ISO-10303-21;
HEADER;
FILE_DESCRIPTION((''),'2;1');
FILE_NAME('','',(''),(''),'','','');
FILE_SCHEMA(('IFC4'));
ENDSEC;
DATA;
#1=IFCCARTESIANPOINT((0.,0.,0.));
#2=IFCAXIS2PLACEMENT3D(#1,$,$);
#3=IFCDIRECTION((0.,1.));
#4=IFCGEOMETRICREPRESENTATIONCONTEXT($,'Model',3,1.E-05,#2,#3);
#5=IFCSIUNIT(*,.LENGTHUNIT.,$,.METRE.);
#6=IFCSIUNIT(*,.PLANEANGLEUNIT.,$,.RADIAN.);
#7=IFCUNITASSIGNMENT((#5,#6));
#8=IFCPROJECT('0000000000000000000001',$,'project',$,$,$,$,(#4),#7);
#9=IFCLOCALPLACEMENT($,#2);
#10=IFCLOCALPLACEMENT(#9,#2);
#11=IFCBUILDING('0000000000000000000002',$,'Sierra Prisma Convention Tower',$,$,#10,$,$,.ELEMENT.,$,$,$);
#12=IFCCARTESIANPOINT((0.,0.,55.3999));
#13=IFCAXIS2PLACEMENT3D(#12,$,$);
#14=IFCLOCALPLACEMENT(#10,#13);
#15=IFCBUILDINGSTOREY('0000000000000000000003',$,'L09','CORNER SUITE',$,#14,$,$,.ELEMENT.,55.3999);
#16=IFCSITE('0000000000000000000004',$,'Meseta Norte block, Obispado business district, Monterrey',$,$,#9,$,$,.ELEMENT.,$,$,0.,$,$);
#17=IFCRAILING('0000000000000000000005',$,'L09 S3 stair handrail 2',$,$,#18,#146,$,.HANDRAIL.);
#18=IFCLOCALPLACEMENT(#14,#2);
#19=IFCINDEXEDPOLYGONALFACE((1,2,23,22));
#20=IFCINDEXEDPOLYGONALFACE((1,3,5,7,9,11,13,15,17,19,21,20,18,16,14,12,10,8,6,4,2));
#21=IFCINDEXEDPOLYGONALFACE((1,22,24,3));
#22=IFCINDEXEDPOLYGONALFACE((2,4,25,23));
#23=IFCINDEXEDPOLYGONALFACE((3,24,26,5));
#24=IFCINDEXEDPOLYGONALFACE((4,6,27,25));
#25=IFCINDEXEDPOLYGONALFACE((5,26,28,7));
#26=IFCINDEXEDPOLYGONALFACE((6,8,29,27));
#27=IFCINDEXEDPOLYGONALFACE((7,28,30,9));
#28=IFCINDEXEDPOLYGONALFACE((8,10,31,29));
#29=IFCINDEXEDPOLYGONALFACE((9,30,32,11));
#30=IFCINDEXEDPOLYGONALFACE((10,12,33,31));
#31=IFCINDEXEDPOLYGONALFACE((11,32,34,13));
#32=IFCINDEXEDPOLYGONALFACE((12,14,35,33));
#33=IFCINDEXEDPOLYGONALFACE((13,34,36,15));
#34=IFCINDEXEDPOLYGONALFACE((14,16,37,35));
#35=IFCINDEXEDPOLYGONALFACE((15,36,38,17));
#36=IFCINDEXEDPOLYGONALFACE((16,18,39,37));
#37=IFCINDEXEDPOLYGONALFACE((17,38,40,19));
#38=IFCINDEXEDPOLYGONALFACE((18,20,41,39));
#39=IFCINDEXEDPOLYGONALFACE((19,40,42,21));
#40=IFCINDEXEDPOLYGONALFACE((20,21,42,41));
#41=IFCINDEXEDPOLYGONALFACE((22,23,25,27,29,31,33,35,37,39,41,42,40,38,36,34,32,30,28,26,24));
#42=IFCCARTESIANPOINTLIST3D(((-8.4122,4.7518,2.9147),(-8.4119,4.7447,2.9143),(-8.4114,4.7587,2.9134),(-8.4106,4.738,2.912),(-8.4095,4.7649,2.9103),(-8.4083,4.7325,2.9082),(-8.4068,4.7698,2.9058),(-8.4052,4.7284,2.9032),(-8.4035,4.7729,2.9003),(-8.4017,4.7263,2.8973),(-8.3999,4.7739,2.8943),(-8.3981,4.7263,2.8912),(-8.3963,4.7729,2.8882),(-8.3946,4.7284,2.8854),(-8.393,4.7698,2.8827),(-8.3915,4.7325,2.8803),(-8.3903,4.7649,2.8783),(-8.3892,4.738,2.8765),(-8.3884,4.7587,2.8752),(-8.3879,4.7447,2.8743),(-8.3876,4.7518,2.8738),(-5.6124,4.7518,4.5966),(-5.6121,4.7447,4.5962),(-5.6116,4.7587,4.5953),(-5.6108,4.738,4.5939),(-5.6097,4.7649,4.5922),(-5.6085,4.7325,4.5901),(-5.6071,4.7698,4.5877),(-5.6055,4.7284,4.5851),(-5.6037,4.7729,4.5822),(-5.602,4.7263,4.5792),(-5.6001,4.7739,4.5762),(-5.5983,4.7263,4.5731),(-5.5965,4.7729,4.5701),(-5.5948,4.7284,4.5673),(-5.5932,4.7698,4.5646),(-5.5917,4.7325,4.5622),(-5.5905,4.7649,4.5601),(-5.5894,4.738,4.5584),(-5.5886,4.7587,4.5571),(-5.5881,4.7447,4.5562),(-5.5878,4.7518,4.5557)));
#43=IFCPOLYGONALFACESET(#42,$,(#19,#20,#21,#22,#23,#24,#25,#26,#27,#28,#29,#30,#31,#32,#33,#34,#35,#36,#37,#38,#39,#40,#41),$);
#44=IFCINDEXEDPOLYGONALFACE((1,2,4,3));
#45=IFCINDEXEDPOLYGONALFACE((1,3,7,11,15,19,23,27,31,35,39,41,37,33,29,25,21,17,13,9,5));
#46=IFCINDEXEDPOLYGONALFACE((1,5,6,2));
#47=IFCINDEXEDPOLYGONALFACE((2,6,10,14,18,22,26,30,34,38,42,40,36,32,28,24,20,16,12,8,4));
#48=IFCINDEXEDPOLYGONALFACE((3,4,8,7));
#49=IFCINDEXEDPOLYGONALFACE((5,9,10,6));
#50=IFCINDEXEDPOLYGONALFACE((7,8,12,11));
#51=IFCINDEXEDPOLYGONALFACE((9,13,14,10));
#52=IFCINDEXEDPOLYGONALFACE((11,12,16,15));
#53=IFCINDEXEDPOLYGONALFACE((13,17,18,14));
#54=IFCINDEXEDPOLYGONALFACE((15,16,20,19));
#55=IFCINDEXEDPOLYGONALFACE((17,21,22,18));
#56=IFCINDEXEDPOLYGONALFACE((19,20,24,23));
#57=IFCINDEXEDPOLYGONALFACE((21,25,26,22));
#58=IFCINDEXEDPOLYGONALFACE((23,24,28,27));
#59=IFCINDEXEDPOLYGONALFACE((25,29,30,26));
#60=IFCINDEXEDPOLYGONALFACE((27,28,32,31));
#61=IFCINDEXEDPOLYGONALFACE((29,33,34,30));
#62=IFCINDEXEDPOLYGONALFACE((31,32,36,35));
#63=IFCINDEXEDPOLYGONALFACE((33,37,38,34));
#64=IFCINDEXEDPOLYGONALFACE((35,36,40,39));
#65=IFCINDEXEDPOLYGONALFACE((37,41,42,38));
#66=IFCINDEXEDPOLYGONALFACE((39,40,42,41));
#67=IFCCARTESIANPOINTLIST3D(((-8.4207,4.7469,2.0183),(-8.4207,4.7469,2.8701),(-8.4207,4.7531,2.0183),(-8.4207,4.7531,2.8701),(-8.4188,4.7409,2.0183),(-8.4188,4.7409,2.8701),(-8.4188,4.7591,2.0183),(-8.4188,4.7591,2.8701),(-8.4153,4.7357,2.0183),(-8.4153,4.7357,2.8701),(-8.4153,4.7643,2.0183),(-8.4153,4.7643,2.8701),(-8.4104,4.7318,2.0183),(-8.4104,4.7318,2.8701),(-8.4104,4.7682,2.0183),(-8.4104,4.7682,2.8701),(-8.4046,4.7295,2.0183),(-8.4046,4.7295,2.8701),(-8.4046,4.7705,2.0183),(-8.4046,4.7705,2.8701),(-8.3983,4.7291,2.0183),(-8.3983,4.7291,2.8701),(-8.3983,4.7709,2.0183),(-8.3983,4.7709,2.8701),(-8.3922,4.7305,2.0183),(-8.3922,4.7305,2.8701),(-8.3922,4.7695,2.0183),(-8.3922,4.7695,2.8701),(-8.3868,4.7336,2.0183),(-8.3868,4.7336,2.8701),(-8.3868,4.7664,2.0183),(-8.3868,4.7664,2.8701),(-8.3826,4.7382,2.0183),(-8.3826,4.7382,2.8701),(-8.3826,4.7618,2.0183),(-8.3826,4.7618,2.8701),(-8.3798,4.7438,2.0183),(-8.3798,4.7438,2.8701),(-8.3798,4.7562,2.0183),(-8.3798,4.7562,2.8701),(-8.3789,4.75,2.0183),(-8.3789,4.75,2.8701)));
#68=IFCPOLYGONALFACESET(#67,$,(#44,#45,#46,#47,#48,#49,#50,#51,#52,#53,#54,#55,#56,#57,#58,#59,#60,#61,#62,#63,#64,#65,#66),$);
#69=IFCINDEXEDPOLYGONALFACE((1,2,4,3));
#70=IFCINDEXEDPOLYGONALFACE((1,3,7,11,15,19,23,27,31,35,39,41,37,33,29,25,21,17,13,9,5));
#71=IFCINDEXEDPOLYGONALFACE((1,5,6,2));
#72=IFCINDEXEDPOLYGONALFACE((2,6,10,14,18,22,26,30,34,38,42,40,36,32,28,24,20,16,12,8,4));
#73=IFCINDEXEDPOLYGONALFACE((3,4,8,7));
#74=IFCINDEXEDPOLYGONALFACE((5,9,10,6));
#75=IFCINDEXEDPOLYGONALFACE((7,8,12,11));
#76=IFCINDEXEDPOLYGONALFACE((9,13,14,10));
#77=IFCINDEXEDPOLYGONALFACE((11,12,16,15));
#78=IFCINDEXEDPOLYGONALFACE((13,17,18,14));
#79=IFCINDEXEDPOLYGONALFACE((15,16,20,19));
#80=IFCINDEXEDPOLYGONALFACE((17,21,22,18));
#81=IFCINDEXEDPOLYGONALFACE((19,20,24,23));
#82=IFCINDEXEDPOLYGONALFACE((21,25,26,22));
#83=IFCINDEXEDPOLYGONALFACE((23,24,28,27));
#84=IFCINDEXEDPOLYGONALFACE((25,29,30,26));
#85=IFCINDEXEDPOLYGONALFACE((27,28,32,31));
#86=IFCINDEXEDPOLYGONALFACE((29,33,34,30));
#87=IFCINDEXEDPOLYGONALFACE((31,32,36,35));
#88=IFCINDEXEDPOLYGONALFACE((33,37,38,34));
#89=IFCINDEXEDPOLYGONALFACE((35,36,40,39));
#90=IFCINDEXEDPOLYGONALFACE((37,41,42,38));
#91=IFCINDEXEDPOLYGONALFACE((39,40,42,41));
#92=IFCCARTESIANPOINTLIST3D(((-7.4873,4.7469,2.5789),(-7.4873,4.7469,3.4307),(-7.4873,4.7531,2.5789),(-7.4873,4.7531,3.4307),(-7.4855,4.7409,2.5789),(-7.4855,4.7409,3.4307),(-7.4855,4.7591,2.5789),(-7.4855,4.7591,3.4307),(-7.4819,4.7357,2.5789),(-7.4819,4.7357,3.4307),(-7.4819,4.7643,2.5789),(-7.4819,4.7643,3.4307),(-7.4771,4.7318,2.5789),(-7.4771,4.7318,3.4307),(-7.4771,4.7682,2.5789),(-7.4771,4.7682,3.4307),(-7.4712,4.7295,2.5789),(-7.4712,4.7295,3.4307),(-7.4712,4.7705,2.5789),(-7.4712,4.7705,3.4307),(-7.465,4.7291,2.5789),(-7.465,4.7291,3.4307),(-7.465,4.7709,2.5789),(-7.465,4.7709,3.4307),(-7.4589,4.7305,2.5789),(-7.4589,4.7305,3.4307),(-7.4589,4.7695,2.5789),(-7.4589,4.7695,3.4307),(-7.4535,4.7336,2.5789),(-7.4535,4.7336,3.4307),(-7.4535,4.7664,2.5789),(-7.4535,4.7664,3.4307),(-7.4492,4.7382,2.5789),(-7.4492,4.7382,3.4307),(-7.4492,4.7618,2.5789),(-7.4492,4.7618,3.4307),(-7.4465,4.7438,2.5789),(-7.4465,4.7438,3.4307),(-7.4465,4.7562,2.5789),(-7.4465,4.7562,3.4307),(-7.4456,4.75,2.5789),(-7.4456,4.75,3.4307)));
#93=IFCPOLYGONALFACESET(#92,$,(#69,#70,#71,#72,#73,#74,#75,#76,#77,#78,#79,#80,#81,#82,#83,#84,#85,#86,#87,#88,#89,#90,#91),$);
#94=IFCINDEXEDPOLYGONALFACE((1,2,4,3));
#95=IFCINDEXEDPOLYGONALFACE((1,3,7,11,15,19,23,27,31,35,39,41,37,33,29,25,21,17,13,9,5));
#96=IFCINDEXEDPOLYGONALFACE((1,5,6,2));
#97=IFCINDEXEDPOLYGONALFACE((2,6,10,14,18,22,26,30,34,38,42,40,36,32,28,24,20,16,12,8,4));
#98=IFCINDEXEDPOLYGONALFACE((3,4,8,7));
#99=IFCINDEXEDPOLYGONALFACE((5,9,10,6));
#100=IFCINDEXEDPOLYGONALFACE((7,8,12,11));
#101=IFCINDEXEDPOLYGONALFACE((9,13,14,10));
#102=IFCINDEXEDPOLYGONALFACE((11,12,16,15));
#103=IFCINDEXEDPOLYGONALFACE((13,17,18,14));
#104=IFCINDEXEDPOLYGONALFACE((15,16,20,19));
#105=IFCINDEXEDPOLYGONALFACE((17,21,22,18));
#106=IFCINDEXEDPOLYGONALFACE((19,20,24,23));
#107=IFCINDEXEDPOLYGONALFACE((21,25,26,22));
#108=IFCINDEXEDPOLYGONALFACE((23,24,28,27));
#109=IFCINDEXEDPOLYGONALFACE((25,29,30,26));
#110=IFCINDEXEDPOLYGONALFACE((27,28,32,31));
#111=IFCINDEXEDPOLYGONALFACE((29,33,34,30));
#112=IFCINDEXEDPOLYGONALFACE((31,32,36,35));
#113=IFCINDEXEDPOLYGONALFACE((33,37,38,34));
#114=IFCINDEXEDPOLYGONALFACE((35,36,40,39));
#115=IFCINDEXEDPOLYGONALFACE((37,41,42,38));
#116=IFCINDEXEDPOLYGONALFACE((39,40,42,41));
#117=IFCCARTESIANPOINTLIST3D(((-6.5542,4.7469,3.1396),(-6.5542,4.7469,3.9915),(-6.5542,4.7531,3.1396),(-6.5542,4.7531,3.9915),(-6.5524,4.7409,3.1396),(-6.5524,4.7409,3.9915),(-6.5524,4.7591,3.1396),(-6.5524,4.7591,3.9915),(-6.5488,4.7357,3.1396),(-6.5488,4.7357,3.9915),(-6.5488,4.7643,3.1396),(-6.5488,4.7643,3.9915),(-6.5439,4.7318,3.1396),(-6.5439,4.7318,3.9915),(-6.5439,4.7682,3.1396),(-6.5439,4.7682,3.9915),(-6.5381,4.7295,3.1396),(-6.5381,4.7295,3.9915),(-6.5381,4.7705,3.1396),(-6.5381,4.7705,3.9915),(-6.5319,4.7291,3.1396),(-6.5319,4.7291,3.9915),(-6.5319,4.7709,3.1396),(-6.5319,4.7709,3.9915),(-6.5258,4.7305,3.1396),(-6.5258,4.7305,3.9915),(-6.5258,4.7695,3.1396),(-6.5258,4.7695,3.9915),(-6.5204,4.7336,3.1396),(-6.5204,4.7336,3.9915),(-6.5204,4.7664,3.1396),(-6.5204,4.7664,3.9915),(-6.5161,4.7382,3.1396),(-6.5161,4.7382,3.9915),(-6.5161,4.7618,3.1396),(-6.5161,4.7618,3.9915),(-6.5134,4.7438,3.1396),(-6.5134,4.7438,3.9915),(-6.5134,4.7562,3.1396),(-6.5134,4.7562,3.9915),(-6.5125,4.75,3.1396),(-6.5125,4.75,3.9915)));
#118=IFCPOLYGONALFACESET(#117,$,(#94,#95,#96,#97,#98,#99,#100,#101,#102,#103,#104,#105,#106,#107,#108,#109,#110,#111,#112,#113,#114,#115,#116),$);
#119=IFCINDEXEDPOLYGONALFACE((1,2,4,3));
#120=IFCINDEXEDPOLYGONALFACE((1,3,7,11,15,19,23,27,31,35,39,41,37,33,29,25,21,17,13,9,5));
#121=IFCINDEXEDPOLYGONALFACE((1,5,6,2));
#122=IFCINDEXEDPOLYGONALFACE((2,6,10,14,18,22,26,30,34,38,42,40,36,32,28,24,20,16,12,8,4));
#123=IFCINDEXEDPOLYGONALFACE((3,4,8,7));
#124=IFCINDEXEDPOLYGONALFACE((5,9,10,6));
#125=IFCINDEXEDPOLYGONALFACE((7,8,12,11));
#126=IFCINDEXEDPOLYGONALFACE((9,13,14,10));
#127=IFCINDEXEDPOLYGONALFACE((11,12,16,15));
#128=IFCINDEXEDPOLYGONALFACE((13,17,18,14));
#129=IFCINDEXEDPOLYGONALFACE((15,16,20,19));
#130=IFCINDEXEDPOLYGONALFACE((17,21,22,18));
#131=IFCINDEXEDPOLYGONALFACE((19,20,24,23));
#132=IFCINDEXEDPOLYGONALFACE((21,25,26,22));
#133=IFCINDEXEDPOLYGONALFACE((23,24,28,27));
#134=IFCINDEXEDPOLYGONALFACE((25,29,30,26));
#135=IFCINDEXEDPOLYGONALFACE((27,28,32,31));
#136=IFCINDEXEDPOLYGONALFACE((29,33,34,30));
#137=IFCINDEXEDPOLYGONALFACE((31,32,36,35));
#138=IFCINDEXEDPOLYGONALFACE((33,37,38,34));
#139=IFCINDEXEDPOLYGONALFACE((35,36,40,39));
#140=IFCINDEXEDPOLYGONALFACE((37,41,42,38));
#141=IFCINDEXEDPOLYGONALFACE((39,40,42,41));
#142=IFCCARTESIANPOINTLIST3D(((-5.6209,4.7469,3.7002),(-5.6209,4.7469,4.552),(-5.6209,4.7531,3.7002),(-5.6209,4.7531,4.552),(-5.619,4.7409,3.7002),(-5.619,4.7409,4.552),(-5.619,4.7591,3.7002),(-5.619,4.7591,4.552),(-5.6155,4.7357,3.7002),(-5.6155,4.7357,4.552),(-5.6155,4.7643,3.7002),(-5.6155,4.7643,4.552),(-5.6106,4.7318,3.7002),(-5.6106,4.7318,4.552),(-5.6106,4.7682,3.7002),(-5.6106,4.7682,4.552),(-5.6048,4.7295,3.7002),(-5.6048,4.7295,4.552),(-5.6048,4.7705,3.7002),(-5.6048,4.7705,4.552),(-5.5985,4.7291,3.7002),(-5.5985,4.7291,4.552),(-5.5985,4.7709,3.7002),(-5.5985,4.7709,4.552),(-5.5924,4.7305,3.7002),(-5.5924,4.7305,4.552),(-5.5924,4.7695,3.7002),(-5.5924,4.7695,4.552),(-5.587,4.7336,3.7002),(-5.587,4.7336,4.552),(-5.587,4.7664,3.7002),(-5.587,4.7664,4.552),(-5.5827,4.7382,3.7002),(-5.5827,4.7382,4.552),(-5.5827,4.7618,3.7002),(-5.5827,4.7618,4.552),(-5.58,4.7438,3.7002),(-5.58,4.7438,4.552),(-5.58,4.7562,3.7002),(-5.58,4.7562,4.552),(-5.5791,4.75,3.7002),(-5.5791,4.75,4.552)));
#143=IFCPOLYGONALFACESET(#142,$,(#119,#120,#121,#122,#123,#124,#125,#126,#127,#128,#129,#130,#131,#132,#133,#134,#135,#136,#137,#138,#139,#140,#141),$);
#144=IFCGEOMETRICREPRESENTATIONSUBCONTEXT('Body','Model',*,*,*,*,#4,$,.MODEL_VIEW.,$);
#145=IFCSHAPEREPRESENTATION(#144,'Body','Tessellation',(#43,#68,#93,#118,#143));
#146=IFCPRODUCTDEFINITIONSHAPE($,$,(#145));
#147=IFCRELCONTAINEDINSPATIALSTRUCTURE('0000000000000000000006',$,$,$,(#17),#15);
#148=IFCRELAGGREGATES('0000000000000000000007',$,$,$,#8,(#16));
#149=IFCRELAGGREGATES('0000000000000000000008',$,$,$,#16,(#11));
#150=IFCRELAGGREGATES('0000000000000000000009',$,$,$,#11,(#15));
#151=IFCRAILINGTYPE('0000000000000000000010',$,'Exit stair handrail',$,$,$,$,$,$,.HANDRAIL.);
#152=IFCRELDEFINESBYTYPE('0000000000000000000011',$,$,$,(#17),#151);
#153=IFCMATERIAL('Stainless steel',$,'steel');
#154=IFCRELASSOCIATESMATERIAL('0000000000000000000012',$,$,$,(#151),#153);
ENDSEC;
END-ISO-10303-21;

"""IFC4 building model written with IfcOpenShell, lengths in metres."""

from ifc_helpers import new_model, si_unit, direction, frame, origin, origin_2d, place, context, subcontext, project, spatial, circle, extrude, material, type_object, element, save


model = new_model("IFC4")

# Units and contexts
model_context = context("Model", 3, precision=1e-05, world=origin(), true_north=direction((0.0, 1.0)))
body_context = subcontext(model_context, "Body", "Model", "MODEL_VIEW")
ifc_project = project(units=[si_unit("LENGTHUNIT", "METRE"), si_unit("PLANEANGLEUNIT", "RADIAN")], contexts=[model_context])

# Site, building, storey
site_placement = place(None, origin())
site = spatial("IfcSite", under=ifc_project, at=site_placement, Name="Meseta Norte block, Obispado business district, Monterrey", CompositionType="ELEMENT", RefElevation=0.0)
building_placement = place(site_placement, origin())
building = spatial("IfcBuilding", under=site, at=building_placement, Name="Sierra Prisma Convention Tower", CompositionType="ELEMENT")
storey_placement = place(building_placement, frame((0.0, 0.0, 55.3999)))
storey = spatial("IfcBuildingStorey", under=building, at=storey_placement, Name="L09", Description="CORNER SUITE", CompositionType="ELEMENT", Elevation=55.3999)

# Railing
ifc_material_1 = material(Name="Stainless steel", Category="steel")
railing_type_1 = type_object("IfcRailingType", Name="Exit stair handrail", PredefinedType="HANDRAIL", material=ifc_material_1)
railing_1_placement = place(storey_placement, frame((-8.3999, 4.75, 2.0183)))
element("IfcRailing", 1, at=railing_1_placement, inside=storey, type_object=railing_type_1, Name="L09 S3 stair handrail 2", PredefinedType="HANDRAIL", context=body_context, shape_type="SweptSolid", body=[
    extrude(circle(Radius=0.0239, at=origin_2d()), frame((0.0, 0.0, 0.876), z_axis=(0.857222, 0.0, 0.514946), x_axis=(0.0, 1.0, 0.0)), (0.0, 0.0, 1.0), 3.2661),
    extrude(circle(Radius=0.021, at=origin_2d()), origin(), (0.0, 0.0, 1.0), 0.8518),
    extrude(circle(Radius=0.021, at=origin_2d()), frame((0.9333, 0.0, 0.5605)), (0.0, 0.0, 1.0), 0.8518),
    extrude(circle(Radius=0.021, at=origin_2d()), frame((1.8665, 0.0, 1.1213)), (0.0, 0.0, 1.0), 0.8518),
    extrude(circle(Radius=0.021, at=origin_2d()), frame((2.7998, 0.0, 1.6819)), (0.0, 0.0, 1.0), 0.8518),
])

save(model, "model.ifc")
